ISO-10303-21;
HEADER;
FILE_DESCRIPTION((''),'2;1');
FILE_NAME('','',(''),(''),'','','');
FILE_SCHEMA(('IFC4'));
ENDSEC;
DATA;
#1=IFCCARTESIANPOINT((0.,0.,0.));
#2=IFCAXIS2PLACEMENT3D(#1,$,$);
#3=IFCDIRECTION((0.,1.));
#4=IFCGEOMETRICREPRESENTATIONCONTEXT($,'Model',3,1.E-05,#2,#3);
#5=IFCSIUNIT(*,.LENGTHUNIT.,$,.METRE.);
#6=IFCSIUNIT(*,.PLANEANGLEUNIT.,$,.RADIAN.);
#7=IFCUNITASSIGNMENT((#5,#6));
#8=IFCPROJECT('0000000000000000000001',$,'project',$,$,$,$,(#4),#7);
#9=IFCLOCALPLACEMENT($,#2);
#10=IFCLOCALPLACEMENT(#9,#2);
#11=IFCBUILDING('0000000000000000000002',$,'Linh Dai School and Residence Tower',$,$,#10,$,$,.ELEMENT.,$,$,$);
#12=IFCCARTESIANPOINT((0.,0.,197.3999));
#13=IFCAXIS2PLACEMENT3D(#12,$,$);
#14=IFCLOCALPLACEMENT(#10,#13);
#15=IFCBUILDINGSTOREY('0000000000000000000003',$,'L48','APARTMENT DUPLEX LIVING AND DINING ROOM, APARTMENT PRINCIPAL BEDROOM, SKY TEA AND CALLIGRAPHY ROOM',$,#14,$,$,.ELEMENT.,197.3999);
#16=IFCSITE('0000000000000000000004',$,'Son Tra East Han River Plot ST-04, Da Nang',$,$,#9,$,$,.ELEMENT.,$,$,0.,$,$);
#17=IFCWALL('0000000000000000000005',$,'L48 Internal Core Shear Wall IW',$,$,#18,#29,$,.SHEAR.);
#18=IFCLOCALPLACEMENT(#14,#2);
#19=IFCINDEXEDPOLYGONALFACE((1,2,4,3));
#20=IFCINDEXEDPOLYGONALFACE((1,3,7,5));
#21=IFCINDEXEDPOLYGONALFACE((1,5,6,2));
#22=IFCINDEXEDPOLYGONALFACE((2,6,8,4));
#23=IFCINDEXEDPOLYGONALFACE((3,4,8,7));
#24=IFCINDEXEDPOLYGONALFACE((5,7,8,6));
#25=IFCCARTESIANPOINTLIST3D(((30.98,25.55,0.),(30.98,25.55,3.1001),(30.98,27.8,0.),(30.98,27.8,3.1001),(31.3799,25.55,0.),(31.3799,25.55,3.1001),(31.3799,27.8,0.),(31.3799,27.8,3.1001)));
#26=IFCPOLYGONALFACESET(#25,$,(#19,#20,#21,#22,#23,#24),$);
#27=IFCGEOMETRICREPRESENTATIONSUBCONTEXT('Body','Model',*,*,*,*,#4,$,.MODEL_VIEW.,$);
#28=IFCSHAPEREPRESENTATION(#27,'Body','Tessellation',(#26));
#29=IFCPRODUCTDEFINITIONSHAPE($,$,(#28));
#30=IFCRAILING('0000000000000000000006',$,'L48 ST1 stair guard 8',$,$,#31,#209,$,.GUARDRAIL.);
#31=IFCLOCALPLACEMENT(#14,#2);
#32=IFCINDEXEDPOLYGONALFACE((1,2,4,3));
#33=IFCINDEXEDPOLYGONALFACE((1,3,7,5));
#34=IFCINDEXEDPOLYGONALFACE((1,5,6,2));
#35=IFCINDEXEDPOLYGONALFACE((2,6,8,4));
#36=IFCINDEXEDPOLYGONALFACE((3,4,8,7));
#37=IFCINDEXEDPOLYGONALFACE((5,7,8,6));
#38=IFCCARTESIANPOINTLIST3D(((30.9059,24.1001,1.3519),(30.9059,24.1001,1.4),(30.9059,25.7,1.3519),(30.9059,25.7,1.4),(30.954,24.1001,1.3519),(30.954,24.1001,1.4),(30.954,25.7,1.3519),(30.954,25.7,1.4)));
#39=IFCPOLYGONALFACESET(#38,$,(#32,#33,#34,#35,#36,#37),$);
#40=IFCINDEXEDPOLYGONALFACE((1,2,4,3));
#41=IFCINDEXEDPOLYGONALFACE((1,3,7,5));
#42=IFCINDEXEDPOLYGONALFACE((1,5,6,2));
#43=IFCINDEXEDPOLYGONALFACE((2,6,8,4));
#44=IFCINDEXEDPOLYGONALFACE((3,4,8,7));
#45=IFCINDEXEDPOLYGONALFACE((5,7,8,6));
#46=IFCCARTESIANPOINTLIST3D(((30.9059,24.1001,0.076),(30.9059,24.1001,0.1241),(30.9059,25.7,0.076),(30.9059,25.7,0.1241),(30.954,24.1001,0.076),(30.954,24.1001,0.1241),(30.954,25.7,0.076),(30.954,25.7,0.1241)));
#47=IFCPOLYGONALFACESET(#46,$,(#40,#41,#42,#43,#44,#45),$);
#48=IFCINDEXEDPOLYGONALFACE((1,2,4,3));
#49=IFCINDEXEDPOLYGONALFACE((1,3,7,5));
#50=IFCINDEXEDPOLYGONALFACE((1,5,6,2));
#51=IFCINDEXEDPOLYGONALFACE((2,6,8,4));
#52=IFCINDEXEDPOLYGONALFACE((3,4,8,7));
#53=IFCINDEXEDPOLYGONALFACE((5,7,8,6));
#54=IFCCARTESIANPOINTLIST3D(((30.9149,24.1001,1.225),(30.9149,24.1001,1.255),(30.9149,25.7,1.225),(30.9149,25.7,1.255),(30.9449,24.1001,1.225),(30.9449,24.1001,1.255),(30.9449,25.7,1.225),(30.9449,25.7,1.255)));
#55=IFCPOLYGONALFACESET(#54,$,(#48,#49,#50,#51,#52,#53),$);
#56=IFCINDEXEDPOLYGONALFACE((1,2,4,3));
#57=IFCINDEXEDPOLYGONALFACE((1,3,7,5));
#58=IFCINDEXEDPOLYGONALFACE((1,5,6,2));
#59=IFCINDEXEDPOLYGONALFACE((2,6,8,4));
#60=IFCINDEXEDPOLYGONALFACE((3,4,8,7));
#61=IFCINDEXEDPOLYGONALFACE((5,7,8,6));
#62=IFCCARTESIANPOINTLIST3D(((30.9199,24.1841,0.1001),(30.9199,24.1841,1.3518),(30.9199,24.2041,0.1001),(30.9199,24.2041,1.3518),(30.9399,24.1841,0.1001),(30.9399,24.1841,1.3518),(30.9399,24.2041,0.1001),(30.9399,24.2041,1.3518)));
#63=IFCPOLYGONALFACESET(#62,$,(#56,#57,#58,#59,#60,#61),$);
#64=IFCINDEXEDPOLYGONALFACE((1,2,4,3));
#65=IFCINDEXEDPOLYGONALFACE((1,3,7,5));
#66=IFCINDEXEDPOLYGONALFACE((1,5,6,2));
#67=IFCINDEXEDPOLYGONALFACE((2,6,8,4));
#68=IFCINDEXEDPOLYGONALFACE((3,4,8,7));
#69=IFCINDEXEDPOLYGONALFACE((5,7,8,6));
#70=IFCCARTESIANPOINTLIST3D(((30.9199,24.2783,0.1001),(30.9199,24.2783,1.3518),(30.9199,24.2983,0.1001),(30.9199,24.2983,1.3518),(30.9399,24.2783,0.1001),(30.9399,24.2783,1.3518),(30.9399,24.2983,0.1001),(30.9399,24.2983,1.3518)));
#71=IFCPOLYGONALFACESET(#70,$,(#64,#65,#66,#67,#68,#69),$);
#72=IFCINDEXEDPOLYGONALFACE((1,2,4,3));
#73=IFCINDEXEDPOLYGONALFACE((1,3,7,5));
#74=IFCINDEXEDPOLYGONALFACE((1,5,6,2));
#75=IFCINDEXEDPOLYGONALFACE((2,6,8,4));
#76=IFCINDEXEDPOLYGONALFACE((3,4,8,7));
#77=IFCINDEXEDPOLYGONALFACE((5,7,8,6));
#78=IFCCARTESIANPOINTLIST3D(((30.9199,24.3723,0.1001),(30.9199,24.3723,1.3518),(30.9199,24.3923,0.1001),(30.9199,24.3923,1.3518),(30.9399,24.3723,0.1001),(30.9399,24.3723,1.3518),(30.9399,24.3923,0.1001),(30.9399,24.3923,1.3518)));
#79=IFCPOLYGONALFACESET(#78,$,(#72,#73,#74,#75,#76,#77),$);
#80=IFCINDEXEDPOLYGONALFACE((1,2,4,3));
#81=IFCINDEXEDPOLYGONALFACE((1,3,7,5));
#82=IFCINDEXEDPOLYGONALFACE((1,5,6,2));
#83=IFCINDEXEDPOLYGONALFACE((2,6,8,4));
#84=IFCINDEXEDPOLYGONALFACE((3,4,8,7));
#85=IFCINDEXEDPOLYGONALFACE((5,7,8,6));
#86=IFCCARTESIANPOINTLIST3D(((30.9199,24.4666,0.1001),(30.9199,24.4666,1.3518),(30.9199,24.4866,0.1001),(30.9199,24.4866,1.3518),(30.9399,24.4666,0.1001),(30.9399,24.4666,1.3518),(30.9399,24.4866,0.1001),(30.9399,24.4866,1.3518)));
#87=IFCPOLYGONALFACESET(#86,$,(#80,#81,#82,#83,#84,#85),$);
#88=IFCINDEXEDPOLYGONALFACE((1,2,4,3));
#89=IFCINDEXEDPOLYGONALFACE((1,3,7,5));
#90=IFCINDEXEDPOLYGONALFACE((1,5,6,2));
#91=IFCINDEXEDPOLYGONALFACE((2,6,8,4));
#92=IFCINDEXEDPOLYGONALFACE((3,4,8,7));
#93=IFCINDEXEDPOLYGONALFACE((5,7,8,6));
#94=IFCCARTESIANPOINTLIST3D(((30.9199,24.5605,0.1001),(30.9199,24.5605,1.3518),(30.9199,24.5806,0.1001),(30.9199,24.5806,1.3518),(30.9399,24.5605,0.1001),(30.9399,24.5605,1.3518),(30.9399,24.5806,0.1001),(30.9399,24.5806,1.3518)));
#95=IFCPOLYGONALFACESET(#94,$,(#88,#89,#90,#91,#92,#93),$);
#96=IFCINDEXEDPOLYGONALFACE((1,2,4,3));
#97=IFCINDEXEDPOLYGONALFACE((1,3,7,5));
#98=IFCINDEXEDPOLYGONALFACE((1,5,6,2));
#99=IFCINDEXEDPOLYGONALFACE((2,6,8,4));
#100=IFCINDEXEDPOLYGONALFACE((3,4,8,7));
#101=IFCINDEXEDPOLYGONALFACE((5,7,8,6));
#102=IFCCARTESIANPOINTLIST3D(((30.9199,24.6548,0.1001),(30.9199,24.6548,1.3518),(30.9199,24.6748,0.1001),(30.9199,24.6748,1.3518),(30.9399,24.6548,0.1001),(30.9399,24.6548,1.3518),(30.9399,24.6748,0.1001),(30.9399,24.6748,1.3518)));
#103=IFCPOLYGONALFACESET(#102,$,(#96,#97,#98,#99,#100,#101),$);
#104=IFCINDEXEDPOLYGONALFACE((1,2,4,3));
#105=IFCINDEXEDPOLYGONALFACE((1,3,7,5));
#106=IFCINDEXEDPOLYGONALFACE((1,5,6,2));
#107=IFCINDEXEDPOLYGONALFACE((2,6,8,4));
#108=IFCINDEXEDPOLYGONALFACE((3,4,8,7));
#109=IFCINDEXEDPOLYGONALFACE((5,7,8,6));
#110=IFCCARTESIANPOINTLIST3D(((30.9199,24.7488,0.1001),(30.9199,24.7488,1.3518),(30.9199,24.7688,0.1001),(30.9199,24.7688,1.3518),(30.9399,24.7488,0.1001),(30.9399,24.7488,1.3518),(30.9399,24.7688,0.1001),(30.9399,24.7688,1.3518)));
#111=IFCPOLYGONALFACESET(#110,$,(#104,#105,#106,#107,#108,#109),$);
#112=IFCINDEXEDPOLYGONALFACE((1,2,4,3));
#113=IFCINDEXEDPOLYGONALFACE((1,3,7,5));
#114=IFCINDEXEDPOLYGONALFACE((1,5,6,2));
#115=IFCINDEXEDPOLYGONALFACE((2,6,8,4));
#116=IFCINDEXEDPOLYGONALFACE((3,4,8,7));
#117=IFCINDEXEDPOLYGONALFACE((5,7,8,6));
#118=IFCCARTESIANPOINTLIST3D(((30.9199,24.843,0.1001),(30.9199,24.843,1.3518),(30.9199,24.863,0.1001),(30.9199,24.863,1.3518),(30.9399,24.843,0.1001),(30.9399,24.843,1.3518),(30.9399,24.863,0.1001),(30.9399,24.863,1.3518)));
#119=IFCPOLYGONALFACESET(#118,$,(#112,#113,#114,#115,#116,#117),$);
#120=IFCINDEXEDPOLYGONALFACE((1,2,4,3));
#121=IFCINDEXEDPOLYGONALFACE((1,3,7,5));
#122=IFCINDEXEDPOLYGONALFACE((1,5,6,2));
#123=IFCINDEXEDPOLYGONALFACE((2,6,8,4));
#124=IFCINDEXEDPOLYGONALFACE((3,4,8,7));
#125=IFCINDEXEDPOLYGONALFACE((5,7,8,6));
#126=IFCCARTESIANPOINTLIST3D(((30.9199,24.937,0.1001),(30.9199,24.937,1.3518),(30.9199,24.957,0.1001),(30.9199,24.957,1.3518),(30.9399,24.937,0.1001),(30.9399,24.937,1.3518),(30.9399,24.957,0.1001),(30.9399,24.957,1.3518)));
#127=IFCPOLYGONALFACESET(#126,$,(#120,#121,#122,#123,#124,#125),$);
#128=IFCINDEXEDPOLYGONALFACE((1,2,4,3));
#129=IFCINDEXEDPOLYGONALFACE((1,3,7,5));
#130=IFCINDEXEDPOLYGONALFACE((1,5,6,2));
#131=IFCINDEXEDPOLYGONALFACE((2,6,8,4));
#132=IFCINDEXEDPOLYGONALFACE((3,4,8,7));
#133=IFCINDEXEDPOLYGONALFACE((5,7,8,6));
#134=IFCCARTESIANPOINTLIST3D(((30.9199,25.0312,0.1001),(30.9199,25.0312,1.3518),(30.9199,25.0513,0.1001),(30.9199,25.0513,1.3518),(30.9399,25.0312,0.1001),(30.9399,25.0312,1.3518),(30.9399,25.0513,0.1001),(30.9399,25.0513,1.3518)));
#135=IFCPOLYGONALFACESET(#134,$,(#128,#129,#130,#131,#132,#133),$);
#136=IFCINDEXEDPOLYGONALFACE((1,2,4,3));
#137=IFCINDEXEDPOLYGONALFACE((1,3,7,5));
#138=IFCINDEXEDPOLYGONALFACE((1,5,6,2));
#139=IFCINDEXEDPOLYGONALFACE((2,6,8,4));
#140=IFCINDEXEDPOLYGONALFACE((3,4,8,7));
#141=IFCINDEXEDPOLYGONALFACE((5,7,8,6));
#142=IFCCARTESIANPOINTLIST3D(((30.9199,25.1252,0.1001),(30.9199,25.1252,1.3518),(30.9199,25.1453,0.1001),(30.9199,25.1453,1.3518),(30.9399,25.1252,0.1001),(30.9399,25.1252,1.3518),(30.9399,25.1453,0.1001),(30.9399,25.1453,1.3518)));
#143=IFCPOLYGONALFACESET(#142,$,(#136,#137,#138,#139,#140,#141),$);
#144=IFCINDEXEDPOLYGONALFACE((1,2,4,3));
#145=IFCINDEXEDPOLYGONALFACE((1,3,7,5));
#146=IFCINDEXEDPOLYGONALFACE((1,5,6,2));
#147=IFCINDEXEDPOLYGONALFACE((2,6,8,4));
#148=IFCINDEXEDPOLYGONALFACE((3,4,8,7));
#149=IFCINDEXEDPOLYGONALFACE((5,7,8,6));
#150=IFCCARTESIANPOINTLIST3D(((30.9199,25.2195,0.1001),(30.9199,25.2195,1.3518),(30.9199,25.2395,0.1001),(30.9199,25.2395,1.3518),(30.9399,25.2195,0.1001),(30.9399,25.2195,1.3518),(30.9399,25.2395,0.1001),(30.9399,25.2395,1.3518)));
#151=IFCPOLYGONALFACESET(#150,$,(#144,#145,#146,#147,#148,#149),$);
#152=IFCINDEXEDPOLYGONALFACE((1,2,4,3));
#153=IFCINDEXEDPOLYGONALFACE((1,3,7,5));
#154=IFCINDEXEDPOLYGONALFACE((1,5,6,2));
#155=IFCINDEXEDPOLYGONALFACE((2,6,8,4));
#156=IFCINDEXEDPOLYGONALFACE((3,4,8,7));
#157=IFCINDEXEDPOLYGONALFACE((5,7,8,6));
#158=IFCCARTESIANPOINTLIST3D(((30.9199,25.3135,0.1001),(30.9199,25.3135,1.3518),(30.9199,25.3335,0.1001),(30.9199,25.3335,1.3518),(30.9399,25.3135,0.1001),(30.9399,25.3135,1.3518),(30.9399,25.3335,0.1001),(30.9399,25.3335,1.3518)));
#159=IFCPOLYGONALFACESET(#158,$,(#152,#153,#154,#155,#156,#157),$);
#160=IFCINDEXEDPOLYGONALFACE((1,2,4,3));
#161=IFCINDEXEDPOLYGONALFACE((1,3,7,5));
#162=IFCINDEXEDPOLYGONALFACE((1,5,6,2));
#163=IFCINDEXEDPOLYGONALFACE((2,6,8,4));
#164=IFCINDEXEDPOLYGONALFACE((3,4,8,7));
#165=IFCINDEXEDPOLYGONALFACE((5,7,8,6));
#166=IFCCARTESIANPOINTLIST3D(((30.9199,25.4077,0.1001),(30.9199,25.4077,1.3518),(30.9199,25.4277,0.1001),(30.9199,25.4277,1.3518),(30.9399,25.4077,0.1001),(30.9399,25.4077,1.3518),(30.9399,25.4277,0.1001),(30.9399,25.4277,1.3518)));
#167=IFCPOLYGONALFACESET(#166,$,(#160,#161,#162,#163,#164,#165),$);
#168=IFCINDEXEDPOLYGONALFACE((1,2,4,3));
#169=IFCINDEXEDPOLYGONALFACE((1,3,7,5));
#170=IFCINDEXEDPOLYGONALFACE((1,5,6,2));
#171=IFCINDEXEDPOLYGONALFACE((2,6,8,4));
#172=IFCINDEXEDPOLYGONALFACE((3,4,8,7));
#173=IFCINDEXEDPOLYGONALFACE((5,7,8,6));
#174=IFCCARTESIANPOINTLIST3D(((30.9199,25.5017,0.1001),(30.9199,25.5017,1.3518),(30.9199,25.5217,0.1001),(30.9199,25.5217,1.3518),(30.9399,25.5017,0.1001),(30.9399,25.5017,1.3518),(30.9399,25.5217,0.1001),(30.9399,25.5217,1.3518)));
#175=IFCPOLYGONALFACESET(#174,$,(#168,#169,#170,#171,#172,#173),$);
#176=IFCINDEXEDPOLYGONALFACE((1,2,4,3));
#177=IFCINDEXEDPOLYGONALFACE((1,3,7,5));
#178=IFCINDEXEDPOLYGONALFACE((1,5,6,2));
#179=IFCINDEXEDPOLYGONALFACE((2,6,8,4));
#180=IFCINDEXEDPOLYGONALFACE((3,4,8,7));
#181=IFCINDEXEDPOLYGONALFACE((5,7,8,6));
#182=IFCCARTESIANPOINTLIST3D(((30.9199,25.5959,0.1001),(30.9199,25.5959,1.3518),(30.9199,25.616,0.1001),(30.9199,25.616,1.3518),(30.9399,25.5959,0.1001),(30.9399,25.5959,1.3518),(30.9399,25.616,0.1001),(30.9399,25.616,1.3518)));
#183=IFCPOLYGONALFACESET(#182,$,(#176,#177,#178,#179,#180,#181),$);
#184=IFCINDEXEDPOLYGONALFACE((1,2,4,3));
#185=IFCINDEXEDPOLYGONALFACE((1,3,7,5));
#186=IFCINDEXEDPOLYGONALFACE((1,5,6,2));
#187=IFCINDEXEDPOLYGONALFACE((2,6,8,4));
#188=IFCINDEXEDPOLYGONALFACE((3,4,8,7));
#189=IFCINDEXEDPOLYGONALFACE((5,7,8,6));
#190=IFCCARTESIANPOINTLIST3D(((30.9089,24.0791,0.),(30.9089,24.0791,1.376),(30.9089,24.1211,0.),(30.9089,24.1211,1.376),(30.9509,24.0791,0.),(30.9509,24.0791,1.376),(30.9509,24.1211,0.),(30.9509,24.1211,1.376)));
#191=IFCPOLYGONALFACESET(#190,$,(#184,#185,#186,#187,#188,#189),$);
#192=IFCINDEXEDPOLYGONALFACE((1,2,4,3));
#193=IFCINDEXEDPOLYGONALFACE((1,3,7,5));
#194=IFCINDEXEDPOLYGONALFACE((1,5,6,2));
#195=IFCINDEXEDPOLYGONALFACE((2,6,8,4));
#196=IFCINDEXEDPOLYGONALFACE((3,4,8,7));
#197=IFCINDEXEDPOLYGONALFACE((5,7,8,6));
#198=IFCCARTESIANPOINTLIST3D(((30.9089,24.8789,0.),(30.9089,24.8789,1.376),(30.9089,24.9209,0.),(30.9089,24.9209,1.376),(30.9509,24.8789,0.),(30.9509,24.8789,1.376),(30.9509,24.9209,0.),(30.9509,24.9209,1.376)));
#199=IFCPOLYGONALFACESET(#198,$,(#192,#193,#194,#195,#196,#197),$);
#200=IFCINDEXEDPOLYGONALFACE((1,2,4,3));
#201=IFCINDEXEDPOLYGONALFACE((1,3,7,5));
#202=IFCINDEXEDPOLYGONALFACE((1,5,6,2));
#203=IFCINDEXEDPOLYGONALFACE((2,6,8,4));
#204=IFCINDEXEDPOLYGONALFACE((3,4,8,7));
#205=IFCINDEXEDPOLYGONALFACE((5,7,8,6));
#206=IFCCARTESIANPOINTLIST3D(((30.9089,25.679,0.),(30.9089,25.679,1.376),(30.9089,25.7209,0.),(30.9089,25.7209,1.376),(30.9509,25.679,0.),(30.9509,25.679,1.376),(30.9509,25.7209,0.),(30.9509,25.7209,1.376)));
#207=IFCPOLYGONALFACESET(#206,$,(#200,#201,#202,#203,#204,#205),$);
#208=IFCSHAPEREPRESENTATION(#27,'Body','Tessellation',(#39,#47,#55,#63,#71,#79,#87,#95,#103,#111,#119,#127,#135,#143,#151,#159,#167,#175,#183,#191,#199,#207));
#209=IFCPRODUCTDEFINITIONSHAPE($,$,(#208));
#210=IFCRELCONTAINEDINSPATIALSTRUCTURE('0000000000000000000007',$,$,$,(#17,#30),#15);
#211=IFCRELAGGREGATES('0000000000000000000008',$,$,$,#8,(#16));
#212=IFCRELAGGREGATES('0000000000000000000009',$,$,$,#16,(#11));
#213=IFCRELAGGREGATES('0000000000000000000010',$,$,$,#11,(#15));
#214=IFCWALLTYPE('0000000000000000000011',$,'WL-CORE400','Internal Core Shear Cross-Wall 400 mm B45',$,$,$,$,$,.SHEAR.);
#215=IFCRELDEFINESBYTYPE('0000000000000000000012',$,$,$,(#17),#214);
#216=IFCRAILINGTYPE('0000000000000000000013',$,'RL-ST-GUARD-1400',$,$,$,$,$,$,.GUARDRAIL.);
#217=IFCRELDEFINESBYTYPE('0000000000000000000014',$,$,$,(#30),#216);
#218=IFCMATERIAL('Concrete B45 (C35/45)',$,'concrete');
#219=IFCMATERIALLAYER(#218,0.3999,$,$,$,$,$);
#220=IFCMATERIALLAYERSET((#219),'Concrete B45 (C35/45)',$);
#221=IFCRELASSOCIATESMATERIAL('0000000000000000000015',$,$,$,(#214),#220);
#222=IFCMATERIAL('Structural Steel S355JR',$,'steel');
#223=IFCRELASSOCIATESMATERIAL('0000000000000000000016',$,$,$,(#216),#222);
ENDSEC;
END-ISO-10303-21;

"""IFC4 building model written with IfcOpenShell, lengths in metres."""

from ifc_helpers import new_model, si_unit, direction, frame, frame_2d, origin, origin_2d, place, context, subcontext, project, spatial, rectangle, extrude, source, transform, mapped, material, layer, layer_set, type_object, element, save


model = new_model("IFC4")

# Units and contexts
model_context = context("Model", 3, precision=1e-05, world=origin(), true_north=direction((0.0, 1.0)))
body_context = subcontext(model_context, "Body", "Model", "MODEL_VIEW")
ifc_project = project(units=[si_unit("LENGTHUNIT", "METRE"), si_unit("PLANEANGLEUNIT", "RADIAN")], contexts=[model_context])

# Site, building, storey
site_placement = place(None, origin())
site = spatial("IfcSite", under=ifc_project, at=site_placement, Name="Son Tra East Han River Plot ST-04, Da Nang", CompositionType="ELEMENT", RefElevation=0.0)
building_placement = place(site_placement, origin())
building = spatial("IfcBuilding", under=site, at=building_placement, Name="Linh Dai School and Residence Tower", CompositionType="ELEMENT")
storey_placement = place(building_placement, frame((0.0, 0.0, 197.3999)))
storey = spatial("IfcBuildingStorey", under=building, at=storey_placement, Name="L48", Description="APARTMENT DUPLEX LIVING AND DINING ROOM, APARTMENT PRINCIPAL BEDROOM, SKY TEA AND CALLIGRAPHY ROOM", CompositionType="ELEMENT", Elevation=197.3999)

# Shared definitions
ifc_material_1 = material(Name="Structural Steel S355JR", Category="steel")

# Shared definitions
ifc_material_2 = material(Name="Concrete B45 (C35/45)", Category="concrete")

# Wall
ifc_layer_1 = layer(ifc_material_2, 0.3999)
ifc_layer_set_1 = layer_set([ifc_layer_1], Name="Concrete B45 (C35/45)")
wall_type_1 = type_object("IfcWallType", Name="WL-CORE400", Description="Internal Core Shear Cross-Wall 400 mm B45", PredefinedType="SHEAR", material=ifc_layer_set_1)
wall_1_placement = place(storey_placement, frame((31.1799, 25.55, 0.0), z_axis=(0.0, 0.0, 1.0), x_axis=(0.0, 1.0, 0.0)))
element("IfcWall", 1, at=wall_1_placement, inside=storey, type_object=wall_type_1, Name="L48 Internal Core Shear Wall IW", PredefinedType="SHEAR", context=body_context, shape_type="SweptSolid", body=[
    extrude(rectangle(XDim=2.25, YDim=0.3999, at=frame_2d((1.125, 0.0))), origin(), (0.0, 0.0, 1.0), 3.1001),
])

# Railing
railing_type = type_object("IfcRailingType", Name="RL-ST-GUARD-1400", PredefinedType="GUARDRAIL", material=ifc_material_1)
shared_shape_1 = source(origin(), body_context, "Body", "SweptSolid", [
    extrude(rectangle(XDim=0.0481, YDim=0.0481, at=origin_2d()), frame((0.0, 0.0, 1.376), z_axis=(0.0, 1.0, 0.0), x_axis=(-1.0, 0.0, 0.0)), (0.0, 0.0, 1.0), 1.5999),
    extrude(rectangle(XDim=0.0481, YDim=0.0481, at=origin_2d()), frame((0.0, 0.0, 0.1001), z_axis=(0.0, 1.0, 0.0), x_axis=(-1.0, 0.0, 0.0)), (0.0, 0.0, 1.0), 1.5999),
    extrude(rectangle(XDim=0.03, YDim=0.03, at=origin_2d()), frame((0.0, 0.0, 1.24), z_axis=(0.0, 1.0, 0.0), x_axis=(-1.0, 0.0, 0.0)), (0.0, 0.0, 1.0), 1.5999),
    extrude(rectangle(XDim=0.02, YDim=0.02, at=origin_2d()), frame((0.0, 0.094, 0.1001)), (0.0, 0.0, 1.0), 1.2517),
    extrude(rectangle(XDim=0.02, YDim=0.02, at=origin_2d()), frame((0.0, 0.1882, 0.1001)), (0.0, 0.0, 1.0), 1.2517),
    extrude(rectangle(XDim=0.02, YDim=0.02, at=origin_2d()), frame((0.0, 0.2822, 0.1001)), (0.0, 0.0, 1.0), 1.2517),
    extrude(rectangle(XDim=0.02, YDim=0.02, at=origin_2d()), frame((0.0, 0.3765, 0.1001)), (0.0, 0.0, 1.0), 1.2517),
    extrude(rectangle(XDim=0.02, YDim=0.02, at=origin_2d()), frame((0.0, 0.4705, 0.1001)), (0.0, 0.0, 1.0), 1.2517),
    extrude(rectangle(XDim=0.02, YDim=0.02, at=origin_2d()), frame((0.0, 0.5647, 0.1001)), (0.0, 0.0, 1.0), 1.2517),
    extrude(rectangle(XDim=0.02, YDim=0.02, at=origin_2d()), frame((0.0, 0.6587, 0.1001)), (0.0, 0.0, 1.0), 1.2517),
    extrude(rectangle(XDim=0.02, YDim=0.02, at=origin_2d()), frame((0.0, 0.7529, 0.1001)), (0.0, 0.0, 1.0), 1.2517),
    extrude(rectangle(XDim=0.02, YDim=0.02, at=origin_2d()), frame((0.0, 0.8469, 0.1001)), (0.0, 0.0, 1.0), 1.2517),
    extrude(rectangle(XDim=0.02, YDim=0.02, at=origin_2d()), frame((0.0, 0.9412, 0.1001)), (0.0, 0.0, 1.0), 1.2517),
    extrude(rectangle(XDim=0.02, YDim=0.02, at=origin_2d()), frame((0.0, 1.0352, 0.1001)), (0.0, 0.0, 1.0), 1.2517),
    extrude(rectangle(XDim=0.02, YDim=0.02, at=origin_2d()), frame((0.0, 1.1294, 0.1001)), (0.0, 0.0, 1.0), 1.2517),
    extrude(rectangle(XDim=0.02, YDim=0.02, at=origin_2d()), frame((0.0, 1.2234, 0.1001)), (0.0, 0.0, 1.0), 1.2517),
    extrude(rectangle(XDim=0.02, YDim=0.02, at=origin_2d()), frame((0.0, 1.3176, 0.1001)), (0.0, 0.0, 1.0), 1.2517),
    extrude(rectangle(XDim=0.02, YDim=0.02, at=origin_2d()), frame((0.0, 1.4116, 0.1001)), (0.0, 0.0, 1.0), 1.2517),
    extrude(rectangle(XDim=0.02, YDim=0.02, at=origin_2d()), frame((0.0, 1.5059, 0.1001)), (0.0, 0.0, 1.0), 1.2517),
    extrude(rectangle(XDim=0.042, YDim=0.042, at=origin_2d()), origin(), (0.0, 0.0, 1.0), 1.376),
    extrude(rectangle(XDim=0.042, YDim=0.042, at=origin_2d()), frame((0.0, 0.7998, 0.0)), (0.0, 0.0, 1.0), 1.376),
    extrude(rectangle(XDim=0.042, YDim=0.042, at=origin_2d()), frame((0.0, 1.5999, 0.0)), (0.0, 0.0, 1.0), 1.376),
])
for number, where, name in (
    (2, (30.9299, 24.1001, 0.0), "L48 ST1 stair guard 8"),
):
    element("IfcRailing", number, at=place(storey_placement, frame(where)), inside=storey, type_object=railing_type, Name=name, PredefinedType="GUARDRAIL", context=body_context, shape_type="MappedRepresentation", body=[
        mapped(shared_shape_1, transform((0.0, 0.0, 0.0), x_axis=(1.0, 0.0, 0.0), y_axis=(0.0, 1.0, 0.0), z_axis=(0.0, 0.0, 1.0), scale=1.0)),
    ])

save(model, "model.ifc")
